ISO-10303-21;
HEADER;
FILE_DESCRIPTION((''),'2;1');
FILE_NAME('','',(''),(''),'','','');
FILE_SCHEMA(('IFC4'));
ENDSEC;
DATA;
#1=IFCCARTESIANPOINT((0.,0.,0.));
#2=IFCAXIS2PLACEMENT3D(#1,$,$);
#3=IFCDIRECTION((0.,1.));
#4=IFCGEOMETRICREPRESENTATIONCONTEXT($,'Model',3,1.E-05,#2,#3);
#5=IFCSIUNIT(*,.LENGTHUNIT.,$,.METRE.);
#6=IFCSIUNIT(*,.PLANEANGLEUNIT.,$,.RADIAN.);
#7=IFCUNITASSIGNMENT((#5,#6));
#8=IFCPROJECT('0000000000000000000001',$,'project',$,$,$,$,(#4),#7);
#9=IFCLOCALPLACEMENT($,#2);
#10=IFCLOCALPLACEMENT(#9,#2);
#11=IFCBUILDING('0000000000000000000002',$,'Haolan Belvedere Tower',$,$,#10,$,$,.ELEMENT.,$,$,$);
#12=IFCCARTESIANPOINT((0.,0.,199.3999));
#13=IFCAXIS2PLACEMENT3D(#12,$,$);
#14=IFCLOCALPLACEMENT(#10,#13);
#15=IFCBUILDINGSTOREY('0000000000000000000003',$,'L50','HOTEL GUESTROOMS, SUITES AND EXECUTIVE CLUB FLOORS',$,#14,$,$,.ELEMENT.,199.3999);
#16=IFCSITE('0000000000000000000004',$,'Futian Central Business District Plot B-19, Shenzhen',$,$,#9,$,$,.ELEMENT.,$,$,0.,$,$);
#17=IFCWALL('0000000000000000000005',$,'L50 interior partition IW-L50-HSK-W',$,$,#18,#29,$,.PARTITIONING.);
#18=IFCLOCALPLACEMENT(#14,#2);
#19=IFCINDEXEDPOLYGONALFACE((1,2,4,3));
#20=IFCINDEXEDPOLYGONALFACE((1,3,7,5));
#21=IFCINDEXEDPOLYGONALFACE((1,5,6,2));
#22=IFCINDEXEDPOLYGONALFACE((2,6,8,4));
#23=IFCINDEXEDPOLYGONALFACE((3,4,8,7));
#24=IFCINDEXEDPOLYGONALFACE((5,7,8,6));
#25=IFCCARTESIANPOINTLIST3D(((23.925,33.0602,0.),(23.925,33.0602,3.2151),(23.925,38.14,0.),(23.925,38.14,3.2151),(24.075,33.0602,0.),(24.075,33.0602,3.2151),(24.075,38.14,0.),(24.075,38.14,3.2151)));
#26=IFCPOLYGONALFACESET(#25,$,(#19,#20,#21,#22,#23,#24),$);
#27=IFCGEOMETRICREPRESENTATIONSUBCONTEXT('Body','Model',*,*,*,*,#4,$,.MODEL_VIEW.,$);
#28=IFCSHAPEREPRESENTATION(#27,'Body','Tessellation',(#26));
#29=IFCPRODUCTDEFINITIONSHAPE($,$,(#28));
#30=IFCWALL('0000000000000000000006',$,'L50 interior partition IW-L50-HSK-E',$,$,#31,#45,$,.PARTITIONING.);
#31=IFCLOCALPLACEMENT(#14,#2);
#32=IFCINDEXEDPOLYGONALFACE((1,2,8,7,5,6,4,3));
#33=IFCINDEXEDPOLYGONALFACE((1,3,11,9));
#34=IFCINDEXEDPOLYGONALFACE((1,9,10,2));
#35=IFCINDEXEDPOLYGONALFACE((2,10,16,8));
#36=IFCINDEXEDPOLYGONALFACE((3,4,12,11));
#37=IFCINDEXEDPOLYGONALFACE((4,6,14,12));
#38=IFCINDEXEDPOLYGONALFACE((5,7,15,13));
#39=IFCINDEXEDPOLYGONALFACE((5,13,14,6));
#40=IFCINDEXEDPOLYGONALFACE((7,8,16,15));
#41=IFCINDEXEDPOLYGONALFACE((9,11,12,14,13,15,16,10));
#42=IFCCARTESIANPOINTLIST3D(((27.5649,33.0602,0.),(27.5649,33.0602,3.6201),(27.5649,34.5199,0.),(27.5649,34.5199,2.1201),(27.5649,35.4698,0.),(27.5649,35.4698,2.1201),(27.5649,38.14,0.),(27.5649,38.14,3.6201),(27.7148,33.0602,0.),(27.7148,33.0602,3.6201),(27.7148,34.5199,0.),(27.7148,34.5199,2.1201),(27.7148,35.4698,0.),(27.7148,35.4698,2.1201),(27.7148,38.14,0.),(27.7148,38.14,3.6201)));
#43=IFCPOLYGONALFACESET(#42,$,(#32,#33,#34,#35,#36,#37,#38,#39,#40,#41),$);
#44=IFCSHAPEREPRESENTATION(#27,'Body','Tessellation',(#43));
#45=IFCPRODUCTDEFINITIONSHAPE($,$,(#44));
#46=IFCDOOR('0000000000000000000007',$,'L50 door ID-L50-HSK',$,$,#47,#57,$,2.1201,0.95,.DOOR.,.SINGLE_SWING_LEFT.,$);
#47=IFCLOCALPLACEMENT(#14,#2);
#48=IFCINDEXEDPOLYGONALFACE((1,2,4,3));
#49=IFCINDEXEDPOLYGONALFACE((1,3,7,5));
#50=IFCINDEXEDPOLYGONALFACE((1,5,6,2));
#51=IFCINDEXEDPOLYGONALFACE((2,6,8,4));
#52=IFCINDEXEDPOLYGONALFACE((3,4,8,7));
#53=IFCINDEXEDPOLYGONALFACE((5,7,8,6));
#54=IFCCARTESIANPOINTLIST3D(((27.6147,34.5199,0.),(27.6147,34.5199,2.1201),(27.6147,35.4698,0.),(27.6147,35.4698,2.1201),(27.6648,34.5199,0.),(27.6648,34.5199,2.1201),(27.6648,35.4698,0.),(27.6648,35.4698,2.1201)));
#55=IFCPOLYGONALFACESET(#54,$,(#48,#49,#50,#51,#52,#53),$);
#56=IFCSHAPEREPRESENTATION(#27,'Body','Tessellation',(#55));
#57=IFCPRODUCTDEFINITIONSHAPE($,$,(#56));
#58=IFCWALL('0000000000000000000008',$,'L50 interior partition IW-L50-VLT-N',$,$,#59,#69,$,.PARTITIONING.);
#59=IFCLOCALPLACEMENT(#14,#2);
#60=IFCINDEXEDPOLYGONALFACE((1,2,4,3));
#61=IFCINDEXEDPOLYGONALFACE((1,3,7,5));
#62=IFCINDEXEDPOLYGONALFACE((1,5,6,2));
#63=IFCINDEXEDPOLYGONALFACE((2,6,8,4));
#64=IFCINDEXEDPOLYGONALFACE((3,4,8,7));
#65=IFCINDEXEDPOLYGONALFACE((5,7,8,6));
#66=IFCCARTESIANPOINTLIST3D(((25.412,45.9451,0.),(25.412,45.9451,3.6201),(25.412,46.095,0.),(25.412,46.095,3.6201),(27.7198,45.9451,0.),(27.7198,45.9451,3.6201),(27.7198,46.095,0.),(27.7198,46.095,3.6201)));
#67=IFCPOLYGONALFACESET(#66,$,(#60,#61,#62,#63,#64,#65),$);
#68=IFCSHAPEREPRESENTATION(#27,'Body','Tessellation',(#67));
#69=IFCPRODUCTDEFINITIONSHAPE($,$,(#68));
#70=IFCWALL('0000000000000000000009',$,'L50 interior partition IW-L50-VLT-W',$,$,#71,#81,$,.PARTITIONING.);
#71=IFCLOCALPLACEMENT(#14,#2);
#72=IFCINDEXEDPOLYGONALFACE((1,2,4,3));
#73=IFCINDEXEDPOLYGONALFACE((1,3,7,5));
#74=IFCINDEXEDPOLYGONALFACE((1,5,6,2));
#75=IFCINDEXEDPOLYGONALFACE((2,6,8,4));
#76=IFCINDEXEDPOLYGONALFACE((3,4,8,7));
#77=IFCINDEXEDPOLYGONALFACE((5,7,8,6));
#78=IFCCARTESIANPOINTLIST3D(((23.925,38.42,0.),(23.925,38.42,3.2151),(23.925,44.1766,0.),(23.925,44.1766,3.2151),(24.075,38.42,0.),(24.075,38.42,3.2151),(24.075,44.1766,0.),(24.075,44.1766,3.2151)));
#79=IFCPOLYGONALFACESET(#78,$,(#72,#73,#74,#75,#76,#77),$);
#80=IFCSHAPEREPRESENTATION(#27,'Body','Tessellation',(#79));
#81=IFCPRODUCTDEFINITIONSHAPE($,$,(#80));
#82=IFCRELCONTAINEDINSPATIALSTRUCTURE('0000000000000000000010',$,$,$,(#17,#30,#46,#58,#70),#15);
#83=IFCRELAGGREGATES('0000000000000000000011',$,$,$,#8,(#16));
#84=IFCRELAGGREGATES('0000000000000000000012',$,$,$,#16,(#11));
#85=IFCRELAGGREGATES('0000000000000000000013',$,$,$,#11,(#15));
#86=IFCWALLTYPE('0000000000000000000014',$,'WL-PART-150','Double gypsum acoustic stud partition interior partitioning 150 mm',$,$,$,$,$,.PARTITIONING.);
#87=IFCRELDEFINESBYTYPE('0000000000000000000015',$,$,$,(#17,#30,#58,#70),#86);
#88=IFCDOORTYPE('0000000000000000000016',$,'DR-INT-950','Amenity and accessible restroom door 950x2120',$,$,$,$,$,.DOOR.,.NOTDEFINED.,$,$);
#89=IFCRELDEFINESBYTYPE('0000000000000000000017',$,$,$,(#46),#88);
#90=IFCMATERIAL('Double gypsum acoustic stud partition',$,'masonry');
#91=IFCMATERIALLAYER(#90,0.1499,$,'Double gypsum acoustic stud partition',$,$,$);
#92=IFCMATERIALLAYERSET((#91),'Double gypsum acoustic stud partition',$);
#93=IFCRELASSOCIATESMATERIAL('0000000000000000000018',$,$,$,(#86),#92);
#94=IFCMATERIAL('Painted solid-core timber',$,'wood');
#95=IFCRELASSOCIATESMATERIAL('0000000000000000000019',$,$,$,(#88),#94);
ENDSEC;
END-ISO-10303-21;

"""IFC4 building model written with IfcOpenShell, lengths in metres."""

from ifc_helpers import new_model, si_unit, direction, frame, frame_2d, origin, place, context, subcontext, project, spatial, rectangle, extrude, material, layer, layer_set, type_object, element, fill, save


model = new_model("IFC4")

# Units and contexts
model_context = context("Model", 3, precision=1e-05, world=origin(), true_north=direction((0.0, 1.0)))
body_context = subcontext(model_context, "Body", "Model", "MODEL_VIEW")
ifc_project = project(units=[si_unit("LENGTHUNIT", "METRE"), si_unit("PLANEANGLEUNIT", "RADIAN")], contexts=[model_context])

# Site, building, storey
site_placement = place(None, origin())
site = spatial("IfcSite", under=ifc_project, at=site_placement, Name="Futian Central Business District Plot B-19, Shenzhen", CompositionType="ELEMENT", RefElevation=0.0)
building_placement = place(site_placement, origin())
building = spatial("IfcBuilding", under=site, at=building_placement, Name="Haolan Belvedere Tower", CompositionType="ELEMENT")
storey_placement = place(building_placement, frame((0.0, 0.0, 199.3999)))
storey = spatial("IfcBuildingStorey", under=building, at=storey_placement, Name="L50", Description="HOTEL GUESTROOMS, SUITES AND EXECUTIVE CLUB FLOORS", CompositionType="ELEMENT", Elevation=199.3999)

# Wall
ifc_material_1 = material(Name="Double gypsum acoustic stud partition", Category="masonry")
ifc_layer_1 = layer(ifc_material_1, 0.1499, Name="Double gypsum acoustic stud partition")
ifc_layer_set_1 = layer_set([ifc_layer_1], Name="Double gypsum acoustic stud partition")
wall_type_1 = type_object("IfcWallType", Name="WL-PART-150", Description="Double gypsum acoustic stud partition interior partitioning 150 mm", PredefinedType="PARTITIONING", material=ifc_layer_set_1)
wall_1_placement = place(storey_placement, frame((24.0, 33.0601, 0.0), z_axis=(0.0, 0.0, 1.0), x_axis=(0.0, 1.0, 0.0)))
element("IfcWall", 1, at=wall_1_placement, inside=storey, type_object=wall_type_1, Name="L50 interior partition IW-L50-HSK-W", PredefinedType="PARTITIONING", context=body_context, shape_type="SweptSolid", body=[
    extrude(rectangle(XDim=5.0798, YDim=0.1499, at=frame_2d((2.54, 0.0))), origin(), (0.0, 0.0, 1.0), 3.2151),
])

# Wall, opening, door
wall_2_placement = place(storey_placement, frame((27.6399, 33.0601, 0.0), z_axis=(0.0, 0.0, 1.0), x_axis=(0.0, 1.0, 0.0)))
wall_2 = element("IfcWall", 2, at=wall_2_placement, inside=storey, type_object=wall_type_1, Name="L50 interior partition IW-L50-HSK-E", PredefinedType="PARTITIONING", context=body_context, shape_type="SweptSolid", body=[
    extrude(rectangle(XDim=5.0798, YDim=0.1499, at=frame_2d((2.54, 0.0))), origin(), (0.0, 0.0, 1.0), 3.6201),
])
opening_1_placement = place(wall_2_placement, frame((2.4099, 0.0, 0.0), z_axis=(0.0, 0.0, 1.0), x_axis=(-1.0, 0.0, 0.0)))
opening_1 = element("IfcOpeningElement", 3, at=opening_1_placement, cuts=wall_2, PredefinedType="OPENING", context=body_context, shape_type="SweptSolid", body=[
    extrude(rectangle(XDim=0.95, YDim=2.1201, at=frame_2d((0.4751, 1.0601))), frame((0.0, 0.085, 0.0), z_axis=(0.0, -1.0, 0.0), x_axis=(1.0, 0.0, 0.0)), (0.0, 0.0, 1.0), 0.1699),
])
ifc_material_2 = material(Name="Painted solid-core timber", Category="wood")
door_type = type_object("IfcDoorType", Name="DR-INT-950", Description="Amenity and accessible restroom door 950x2120", OperationType="NOTDEFINED", PredefinedType="DOOR", material=ifc_material_2)
door_placement = place(opening_1_placement, origin())
door = element("IfcDoor", 4, at=door_placement, inside=storey, type_object=door_type, Name="L50 door ID-L50-HSK", OperationType="SINGLE_SWING_LEFT", OverallHeight=2.1201, OverallWidth=0.95, PredefinedType="DOOR", context=body_context, shape_type="SweptSolid", body=[
    extrude(rectangle(XDim=0.95, YDim=2.1201, at=frame_2d((0.4751, 1.0601))), frame((0.0, 0.0249, 0.0), z_axis=(0.0, -1.0, 0.0), x_axis=(1.0, 0.0, 0.0)), (0.0, 0.0, 1.0), 0.05),
])
fill(opening_1, door)

# Walls
wall_3_placement = place(storey_placement, frame((25.4121, 46.02, 0.0), z_axis=(0.0, 0.0, 1.0), x_axis=(1.0, 0.0, 0.0)))
element("IfcWall", 5, at=wall_3_placement, inside=storey, type_object=wall_type_1, Name="L50 interior partition IW-L50-VLT-N", PredefinedType="PARTITIONING", context=body_context, shape_type="SweptSolid", body=[
    extrude(rectangle(XDim=2.3079, YDim=0.1499, at=frame_2d((1.1538, 0.0))), origin(), (0.0, 0.0, 1.0), 3.6201),
])
wall_4_placement = place(storey_placement, frame((24.0, 38.4199, 0.0), z_axis=(0.0, 0.0, 1.0), x_axis=(0.0, 1.0, 0.0)))
element("IfcWall", 6, at=wall_4_placement, inside=storey, type_object=wall_type_1, Name="L50 interior partition IW-L50-VLT-W", PredefinedType="PARTITIONING", context=body_context, shape_type="SweptSolid", body=[
    extrude(rectangle(XDim=5.7566, YDim=0.1499, at=frame_2d((2.8784, 0.0))), origin(), (0.0, 0.0, 1.0), 3.2151),
])

save(model, "model.ifc")
